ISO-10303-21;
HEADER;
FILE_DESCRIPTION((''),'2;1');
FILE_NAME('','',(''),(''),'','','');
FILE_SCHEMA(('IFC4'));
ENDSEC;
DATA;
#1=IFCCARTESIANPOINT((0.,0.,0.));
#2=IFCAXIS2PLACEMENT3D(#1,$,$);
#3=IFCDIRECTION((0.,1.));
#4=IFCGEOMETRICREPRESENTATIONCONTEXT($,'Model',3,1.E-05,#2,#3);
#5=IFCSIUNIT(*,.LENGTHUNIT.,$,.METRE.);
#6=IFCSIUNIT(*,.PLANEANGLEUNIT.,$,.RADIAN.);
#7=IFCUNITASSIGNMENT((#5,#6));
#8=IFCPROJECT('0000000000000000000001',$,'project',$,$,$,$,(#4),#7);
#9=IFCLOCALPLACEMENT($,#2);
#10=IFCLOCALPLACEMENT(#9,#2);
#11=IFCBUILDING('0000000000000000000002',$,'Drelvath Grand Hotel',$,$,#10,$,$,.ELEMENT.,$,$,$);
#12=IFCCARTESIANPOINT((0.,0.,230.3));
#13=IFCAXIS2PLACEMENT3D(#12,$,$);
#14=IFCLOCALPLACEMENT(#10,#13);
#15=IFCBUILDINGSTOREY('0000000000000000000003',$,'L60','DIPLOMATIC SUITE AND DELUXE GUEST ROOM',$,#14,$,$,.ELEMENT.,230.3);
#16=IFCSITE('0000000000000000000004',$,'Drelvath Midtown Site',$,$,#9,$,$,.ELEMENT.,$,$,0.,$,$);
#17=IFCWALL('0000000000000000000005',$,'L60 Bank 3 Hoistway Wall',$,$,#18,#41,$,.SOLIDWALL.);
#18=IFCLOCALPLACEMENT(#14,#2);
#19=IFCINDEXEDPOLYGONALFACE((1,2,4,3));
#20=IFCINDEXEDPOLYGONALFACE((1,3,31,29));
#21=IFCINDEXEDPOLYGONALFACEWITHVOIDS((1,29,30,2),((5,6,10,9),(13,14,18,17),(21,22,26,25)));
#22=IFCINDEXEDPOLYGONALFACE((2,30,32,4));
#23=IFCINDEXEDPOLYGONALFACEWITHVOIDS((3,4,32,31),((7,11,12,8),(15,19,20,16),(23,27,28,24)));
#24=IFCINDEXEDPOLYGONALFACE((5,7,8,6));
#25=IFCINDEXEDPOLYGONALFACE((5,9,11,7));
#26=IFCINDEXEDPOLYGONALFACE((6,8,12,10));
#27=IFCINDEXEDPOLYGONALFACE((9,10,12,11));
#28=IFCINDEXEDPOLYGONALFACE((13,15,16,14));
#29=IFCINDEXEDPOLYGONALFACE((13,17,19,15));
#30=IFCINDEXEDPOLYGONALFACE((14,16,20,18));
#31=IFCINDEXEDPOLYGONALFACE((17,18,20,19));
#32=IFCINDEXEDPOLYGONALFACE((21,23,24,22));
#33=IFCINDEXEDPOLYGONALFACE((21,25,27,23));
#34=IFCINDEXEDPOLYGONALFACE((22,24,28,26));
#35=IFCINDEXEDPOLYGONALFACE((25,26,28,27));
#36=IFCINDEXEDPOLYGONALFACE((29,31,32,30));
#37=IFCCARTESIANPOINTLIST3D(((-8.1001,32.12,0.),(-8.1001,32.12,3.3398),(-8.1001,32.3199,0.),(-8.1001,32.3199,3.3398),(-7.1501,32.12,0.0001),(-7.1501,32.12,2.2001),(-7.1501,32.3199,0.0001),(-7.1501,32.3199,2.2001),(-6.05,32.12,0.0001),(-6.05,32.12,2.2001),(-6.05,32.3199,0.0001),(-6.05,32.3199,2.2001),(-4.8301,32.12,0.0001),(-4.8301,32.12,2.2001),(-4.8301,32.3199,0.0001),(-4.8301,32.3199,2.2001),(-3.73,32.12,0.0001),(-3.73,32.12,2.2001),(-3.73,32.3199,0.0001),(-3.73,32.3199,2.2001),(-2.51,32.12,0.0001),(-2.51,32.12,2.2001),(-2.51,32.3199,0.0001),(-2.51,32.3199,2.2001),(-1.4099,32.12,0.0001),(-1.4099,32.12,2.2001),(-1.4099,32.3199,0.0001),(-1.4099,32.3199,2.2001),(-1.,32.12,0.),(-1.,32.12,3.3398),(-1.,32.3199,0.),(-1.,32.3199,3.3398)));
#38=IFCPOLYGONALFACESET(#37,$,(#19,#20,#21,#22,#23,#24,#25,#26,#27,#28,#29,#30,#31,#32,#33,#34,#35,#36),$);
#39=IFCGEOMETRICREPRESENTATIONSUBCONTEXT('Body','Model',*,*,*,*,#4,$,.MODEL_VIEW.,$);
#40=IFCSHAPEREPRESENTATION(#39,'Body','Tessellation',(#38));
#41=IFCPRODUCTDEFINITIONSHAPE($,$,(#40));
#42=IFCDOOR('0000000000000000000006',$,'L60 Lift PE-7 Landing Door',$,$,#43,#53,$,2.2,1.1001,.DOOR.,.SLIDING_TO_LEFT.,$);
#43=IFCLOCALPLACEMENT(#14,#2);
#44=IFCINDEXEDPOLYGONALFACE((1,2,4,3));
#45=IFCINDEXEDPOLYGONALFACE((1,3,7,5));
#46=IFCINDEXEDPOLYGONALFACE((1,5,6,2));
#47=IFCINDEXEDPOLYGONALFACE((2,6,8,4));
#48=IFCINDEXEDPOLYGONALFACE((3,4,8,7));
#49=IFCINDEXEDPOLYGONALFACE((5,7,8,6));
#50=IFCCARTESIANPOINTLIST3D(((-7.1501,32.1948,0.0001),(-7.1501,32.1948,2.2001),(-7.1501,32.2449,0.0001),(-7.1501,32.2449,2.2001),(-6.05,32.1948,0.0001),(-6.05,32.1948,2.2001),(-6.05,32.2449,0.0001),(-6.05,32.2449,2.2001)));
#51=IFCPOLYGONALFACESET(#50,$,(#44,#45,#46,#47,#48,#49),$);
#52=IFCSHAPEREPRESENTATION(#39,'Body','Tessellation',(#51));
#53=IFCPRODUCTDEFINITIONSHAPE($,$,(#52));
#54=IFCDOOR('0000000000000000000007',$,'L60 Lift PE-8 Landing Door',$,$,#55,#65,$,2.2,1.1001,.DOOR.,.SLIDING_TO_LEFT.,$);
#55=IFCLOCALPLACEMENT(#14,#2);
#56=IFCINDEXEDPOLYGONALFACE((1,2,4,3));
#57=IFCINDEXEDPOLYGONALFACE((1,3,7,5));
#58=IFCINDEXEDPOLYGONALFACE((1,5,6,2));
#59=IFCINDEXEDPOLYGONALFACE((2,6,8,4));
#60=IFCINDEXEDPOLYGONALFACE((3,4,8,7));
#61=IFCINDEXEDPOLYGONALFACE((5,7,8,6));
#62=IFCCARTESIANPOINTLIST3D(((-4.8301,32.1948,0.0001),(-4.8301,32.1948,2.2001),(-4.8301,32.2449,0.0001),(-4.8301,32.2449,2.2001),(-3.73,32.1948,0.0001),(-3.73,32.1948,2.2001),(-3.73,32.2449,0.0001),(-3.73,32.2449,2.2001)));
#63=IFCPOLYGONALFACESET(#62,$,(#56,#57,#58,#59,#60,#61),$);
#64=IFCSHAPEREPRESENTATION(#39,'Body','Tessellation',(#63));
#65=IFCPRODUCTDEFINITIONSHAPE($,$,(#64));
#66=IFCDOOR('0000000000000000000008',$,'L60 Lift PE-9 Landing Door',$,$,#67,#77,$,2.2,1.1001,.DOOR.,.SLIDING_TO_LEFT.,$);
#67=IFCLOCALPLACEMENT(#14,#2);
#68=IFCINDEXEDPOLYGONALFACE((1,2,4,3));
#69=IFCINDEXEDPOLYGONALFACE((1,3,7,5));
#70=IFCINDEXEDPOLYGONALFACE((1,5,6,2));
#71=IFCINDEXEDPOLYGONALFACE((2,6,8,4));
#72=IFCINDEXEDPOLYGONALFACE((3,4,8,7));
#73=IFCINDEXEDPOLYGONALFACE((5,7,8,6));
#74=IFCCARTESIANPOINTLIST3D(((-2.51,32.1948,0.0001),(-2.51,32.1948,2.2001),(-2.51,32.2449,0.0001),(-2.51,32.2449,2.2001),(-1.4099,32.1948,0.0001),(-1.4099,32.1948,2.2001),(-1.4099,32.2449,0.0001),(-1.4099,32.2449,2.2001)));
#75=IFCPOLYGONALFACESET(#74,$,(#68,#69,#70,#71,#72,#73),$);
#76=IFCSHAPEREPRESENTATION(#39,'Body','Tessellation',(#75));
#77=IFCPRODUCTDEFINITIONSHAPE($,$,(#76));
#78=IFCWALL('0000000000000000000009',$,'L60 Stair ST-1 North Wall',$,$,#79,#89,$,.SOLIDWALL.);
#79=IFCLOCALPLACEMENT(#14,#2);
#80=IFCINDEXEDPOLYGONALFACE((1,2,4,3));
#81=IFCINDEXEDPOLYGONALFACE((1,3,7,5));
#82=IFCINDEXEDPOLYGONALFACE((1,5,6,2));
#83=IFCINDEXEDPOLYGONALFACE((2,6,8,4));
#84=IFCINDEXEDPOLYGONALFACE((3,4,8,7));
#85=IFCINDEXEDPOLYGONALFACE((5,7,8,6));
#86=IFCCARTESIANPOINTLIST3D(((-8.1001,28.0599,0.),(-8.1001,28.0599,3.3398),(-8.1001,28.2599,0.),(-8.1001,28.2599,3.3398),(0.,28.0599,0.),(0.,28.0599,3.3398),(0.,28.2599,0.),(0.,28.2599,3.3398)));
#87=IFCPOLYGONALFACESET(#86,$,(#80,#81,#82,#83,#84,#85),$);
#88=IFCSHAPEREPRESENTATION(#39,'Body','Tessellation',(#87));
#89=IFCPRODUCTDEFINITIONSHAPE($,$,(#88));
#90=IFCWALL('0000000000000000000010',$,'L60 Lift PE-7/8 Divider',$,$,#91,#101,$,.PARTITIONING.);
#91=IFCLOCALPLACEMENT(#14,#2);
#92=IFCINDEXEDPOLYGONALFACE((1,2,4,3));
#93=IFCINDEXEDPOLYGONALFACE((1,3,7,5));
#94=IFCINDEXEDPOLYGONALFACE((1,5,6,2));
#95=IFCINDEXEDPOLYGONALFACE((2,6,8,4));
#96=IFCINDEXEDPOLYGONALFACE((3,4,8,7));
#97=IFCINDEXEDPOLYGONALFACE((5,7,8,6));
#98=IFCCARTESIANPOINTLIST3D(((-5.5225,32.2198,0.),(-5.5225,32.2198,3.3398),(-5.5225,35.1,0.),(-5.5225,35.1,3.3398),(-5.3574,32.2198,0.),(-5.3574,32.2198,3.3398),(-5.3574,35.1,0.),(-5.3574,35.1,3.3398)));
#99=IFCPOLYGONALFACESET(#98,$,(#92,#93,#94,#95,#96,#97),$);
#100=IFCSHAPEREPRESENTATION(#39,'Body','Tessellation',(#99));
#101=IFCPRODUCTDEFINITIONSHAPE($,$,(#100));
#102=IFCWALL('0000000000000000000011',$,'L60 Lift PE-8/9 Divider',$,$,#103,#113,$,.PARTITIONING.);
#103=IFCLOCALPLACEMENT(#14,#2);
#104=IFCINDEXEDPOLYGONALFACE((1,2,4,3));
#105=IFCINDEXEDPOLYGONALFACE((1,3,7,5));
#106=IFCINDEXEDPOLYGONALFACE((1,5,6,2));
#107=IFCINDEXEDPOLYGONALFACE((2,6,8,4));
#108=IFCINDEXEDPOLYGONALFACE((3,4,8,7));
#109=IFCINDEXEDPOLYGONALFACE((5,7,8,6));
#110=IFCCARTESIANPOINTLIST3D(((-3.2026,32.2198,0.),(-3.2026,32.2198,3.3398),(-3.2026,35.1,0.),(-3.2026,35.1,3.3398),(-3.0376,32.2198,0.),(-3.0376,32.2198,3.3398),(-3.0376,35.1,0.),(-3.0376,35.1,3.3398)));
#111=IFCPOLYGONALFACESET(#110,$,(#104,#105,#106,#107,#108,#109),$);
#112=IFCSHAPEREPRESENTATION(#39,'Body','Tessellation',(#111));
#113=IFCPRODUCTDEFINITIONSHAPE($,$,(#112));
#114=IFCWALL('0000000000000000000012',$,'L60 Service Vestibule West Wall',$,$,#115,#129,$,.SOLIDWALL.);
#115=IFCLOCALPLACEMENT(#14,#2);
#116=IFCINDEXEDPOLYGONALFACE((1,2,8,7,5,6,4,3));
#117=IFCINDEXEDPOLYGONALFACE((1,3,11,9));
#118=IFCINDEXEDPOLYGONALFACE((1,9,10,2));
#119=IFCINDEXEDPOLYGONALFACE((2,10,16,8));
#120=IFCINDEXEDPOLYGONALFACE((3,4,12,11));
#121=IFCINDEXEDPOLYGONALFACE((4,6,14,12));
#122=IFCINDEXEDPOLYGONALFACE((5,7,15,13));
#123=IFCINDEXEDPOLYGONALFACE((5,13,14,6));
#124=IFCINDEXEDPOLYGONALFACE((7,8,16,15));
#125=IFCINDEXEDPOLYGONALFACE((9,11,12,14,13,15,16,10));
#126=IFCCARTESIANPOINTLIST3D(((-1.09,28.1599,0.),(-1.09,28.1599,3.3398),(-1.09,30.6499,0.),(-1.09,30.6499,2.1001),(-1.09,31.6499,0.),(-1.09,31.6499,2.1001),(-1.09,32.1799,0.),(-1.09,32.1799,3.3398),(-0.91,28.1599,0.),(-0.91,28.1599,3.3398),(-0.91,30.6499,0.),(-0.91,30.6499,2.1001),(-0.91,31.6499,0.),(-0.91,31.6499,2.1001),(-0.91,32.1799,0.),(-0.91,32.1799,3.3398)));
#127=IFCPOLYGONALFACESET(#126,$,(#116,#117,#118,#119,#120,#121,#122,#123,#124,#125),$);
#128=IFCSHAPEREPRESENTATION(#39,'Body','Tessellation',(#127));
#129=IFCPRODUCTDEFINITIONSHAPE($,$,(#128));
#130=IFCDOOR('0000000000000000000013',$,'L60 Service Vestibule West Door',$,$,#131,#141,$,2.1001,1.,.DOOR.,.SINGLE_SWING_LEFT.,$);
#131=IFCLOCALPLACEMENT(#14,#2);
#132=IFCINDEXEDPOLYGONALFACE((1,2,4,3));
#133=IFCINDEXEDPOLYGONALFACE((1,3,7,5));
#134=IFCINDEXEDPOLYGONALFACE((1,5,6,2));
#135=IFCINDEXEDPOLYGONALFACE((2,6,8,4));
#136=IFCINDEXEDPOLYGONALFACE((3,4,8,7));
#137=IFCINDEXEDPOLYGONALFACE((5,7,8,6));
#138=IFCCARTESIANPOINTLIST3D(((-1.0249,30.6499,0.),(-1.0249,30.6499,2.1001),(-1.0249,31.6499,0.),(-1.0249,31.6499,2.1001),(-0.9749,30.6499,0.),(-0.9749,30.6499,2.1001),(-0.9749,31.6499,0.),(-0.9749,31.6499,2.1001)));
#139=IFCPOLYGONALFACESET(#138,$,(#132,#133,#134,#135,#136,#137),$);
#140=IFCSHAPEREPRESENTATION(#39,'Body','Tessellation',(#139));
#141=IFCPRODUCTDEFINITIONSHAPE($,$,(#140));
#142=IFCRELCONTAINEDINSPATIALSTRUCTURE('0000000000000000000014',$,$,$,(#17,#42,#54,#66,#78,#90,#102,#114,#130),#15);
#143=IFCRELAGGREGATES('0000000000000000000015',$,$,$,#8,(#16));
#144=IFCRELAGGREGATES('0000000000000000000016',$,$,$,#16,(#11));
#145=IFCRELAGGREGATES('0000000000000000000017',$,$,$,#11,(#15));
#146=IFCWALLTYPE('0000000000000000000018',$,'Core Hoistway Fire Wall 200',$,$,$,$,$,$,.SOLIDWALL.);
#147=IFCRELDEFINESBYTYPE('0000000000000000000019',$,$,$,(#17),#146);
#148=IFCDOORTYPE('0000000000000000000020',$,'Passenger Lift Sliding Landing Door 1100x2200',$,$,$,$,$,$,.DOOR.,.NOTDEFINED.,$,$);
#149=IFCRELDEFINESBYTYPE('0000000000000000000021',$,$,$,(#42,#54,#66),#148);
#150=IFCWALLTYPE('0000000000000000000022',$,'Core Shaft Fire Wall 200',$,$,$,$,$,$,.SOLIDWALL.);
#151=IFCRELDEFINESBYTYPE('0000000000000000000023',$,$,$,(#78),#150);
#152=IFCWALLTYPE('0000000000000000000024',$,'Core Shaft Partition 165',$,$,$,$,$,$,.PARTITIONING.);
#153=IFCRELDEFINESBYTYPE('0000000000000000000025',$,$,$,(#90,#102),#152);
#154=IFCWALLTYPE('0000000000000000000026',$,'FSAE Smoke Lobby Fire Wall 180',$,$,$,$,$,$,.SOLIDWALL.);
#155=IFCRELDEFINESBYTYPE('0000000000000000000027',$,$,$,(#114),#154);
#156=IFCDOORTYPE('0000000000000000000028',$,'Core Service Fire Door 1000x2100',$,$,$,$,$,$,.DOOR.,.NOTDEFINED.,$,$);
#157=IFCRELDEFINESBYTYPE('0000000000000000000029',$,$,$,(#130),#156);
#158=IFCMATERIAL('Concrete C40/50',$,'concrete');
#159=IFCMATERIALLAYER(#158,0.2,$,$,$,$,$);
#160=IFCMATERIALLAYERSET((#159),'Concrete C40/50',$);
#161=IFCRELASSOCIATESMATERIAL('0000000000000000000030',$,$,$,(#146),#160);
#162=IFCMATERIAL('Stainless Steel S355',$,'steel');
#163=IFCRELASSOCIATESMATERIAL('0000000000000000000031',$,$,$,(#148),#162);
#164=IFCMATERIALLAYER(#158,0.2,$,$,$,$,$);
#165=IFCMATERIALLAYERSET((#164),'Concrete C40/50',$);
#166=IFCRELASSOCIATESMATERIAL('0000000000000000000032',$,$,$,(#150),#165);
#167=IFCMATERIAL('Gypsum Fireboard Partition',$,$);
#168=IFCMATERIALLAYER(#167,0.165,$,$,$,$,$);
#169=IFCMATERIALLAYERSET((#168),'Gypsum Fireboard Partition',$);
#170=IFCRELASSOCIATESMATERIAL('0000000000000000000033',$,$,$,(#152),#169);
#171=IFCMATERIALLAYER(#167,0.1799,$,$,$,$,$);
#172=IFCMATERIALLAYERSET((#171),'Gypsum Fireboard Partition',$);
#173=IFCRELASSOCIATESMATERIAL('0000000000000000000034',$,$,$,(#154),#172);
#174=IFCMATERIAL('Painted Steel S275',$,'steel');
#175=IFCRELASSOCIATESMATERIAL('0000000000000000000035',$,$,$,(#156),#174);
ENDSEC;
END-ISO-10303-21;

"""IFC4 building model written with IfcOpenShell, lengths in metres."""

from ifc_helpers import new_model, si_unit, direction, frame, frame_2d, origin, place, context, subcontext, project, spatial, rectangle, extrude, material, layer, layer_set, type_object, element, fill, save


model = new_model("IFC4")

# Units and contexts
model_context = context("Model", 3, precision=1e-05, world=origin(), true_north=direction((0.0, 1.0)))
body_context = subcontext(model_context, "Body", "Model", "MODEL_VIEW")
ifc_project = project(units=[si_unit("LENGTHUNIT", "METRE"), si_unit("PLANEANGLEUNIT", "RADIAN")], contexts=[model_context])

# Site, building, storey
site_placement = place(None, origin())
site = spatial("IfcSite", under=ifc_project, at=site_placement, Name="Drelvath Midtown Site", CompositionType="ELEMENT", RefElevation=0.0)
building_placement = place(site_placement, origin())
building = spatial("IfcBuilding", under=site, at=building_placement, Name="Drelvath Grand Hotel", CompositionType="ELEMENT")
storey_placement = place(building_placement, frame((0.0, 0.0, 230.3)))
storey = spatial("IfcBuildingStorey", under=building, at=storey_placement, Name="L60", Description="DIPLOMATIC SUITE AND DELUXE GUEST ROOM", CompositionType="ELEMENT", Elevation=230.3)

# Shared definitions
ifc_material_1 = material(Name="Painted Steel S275", Category="steel")

# Shared definitions
ifc_material_2 = material(Name="Concrete C40/50", Category="concrete")
ifc_layer_1 = layer(ifc_material_2, 0.2)
ifc_layer_set_1 = layer_set([ifc_layer_1], Name="Concrete C40/50")
wall_type_1 = type_object("IfcWallType", Name="Core Hoistway Fire Wall 200", PredefinedType="SOLIDWALL", material=ifc_layer_set_1)
ifc_material_3 = material(Name="Stainless Steel S355", Category="steel")

# Wall, openings, doors
wall_1_placement = place(storey_placement, frame((-8.1001, 32.22, 0.0), z_axis=(0.0, 0.0, 1.0), x_axis=(1.0, 0.0, 0.0)))
wall_1 = element("IfcWall", 1, at=wall_1_placement, inside=storey, type_object=wall_type_1, Name="L60 Bank 3 Hoistway Wall", PredefinedType="SOLIDWALL", context=body_context, shape_type="SweptSolid", body=[
    extrude(rectangle(XDim=7.1001, YDim=0.2, at=frame_2d((3.55, 0.0))), origin(), (0.0, 0.0, 1.0), 3.3398),
])
opening_1_placement = place(wall_1_placement, frame((0.95, 0.0, 0.0)))
opening_1 = element("IfcOpeningElement", 2, at=opening_1_placement, cuts=wall_1, PredefinedType="OPENING", context=body_context, shape_type="SweptSolid", body=[
    extrude(rectangle(XDim=1.1001, YDim=2.2, at=frame_2d((0.55, 1.1001))), frame((0.0, 0.1099, 0.0), z_axis=(0.0, -1.0, 0.0), x_axis=(1.0, 0.0, 0.0)), (0.0, 0.0, 1.0), 0.22),
])
opening_2_placement = place(wall_1_placement, frame((3.27, 0.0, 0.0)))
opening_2 = element("IfcOpeningElement", 3, at=opening_2_placement, cuts=wall_1, PredefinedType="OPENING", context=body_context, shape_type="SweptSolid", body=[
    extrude(rectangle(XDim=1.1001, YDim=2.2, at=frame_2d((0.55, 1.1001))), frame((0.0, 0.1099, 0.0), z_axis=(0.0, -1.0, 0.0), x_axis=(1.0, 0.0, 0.0)), (0.0, 0.0, 1.0), 0.22),
])
opening_3_placement = place(wall_1_placement, frame((5.5901, 0.0, 0.0)))
opening_3 = element("IfcOpeningElement", 4, at=opening_3_placement, cuts=wall_1, PredefinedType="OPENING", context=body_context, shape_type="SweptSolid", body=[
    extrude(rectangle(XDim=1.1001, YDim=2.2, at=frame_2d((0.55, 1.1001))), frame((0.0, 0.1099, 0.0), z_axis=(0.0, -1.0, 0.0), x_axis=(1.0, 0.0, 0.0)), (0.0, 0.0, 1.0), 0.22),
])
door_type_1 = type_object("IfcDoorType", Name="Passenger Lift Sliding Landing Door 1100x2200", OperationType="NOTDEFINED", PredefinedType="DOOR", material=ifc_material_3)
door_1_placement = place(opening_1_placement, origin())
door_1 = element("IfcDoor", 5, at=door_1_placement, inside=storey, type_object=door_type_1, Name="L60 Lift PE-7 Landing Door", OperationType="SLIDING_TO_LEFT", OverallHeight=2.2, OverallWidth=1.1001, PredefinedType="DOOR", context=body_context, shape_type="SweptSolid", body=[
    extrude(rectangle(XDim=1.1001, YDim=2.2, at=frame_2d((0.55, 1.1001))), frame((0.0, 0.0249, 0.0), z_axis=(0.0, -1.0, 0.0), x_axis=(1.0, 0.0, 0.0)), (0.0, 0.0, 1.0), 0.05),
])
fill(opening_1, door_1)
door_2_placement = place(opening_2_placement, origin())
door_2 = element("IfcDoor", 6, at=door_2_placement, inside=storey, type_object=door_type_1, Name="L60 Lift PE-8 Landing Door", OperationType="SLIDING_TO_LEFT", OverallHeight=2.2, OverallWidth=1.1001, PredefinedType="DOOR", context=body_context, shape_type="SweptSolid", body=[
    extrude(rectangle(XDim=1.1001, YDim=2.2, at=frame_2d((0.55, 1.1001))), frame((0.0, 0.0249, 0.0), z_axis=(0.0, -1.0, 0.0), x_axis=(1.0, 0.0, 0.0)), (0.0, 0.0, 1.0), 0.05),
])
fill(opening_2, door_2)
door_3_placement = place(opening_3_placement, origin())
door_3 = element("IfcDoor", 7, at=door_3_placement, inside=storey, type_object=door_type_1, Name="L60 Lift PE-9 Landing Door", OperationType="SLIDING_TO_LEFT", OverallHeight=2.2, OverallWidth=1.1001, PredefinedType="DOOR", context=body_context, shape_type="SweptSolid", body=[
    extrude(rectangle(XDim=1.1001, YDim=2.2, at=frame_2d((0.55, 1.1001))), frame((0.0, 0.0249, 0.0), z_axis=(0.0, -1.0, 0.0), x_axis=(1.0, 0.0, 0.0)), (0.0, 0.0, 1.0), 0.05),
])
fill(opening_3, door_3)

# Walls
ifc_layer_2 = layer(ifc_material_2, 0.2)
ifc_layer_set_2 = layer_set([ifc_layer_2], Name="Concrete C40/50")
wall_type_2 = type_object("IfcWallType", Name="Core Shaft Fire Wall 200", PredefinedType="SOLIDWALL", material=ifc_layer_set_2)
wall_2_placement = place(storey_placement, frame((-8.1001, 28.1599, 0.0), z_axis=(0.0, 0.0, 1.0), x_axis=(1.0, 0.0, 0.0)))
element("IfcWall", 8, at=wall_2_placement, inside=storey, type_object=wall_type_2, Name="L60 Stair ST-1 North Wall", PredefinedType="SOLIDWALL", context=body_context, shape_type="SweptSolid", body=[
    extrude(rectangle(XDim=8.1001, YDim=0.2, at=frame_2d((4.05, 0.0))), origin(), (0.0, 0.0, 1.0), 3.3398),
])
ifc_material_4 = material(Name="Gypsum Fireboard Partition")
ifc_layer_3 = layer(ifc_material_4, 0.165)
ifc_layer_set_3 = layer_set([ifc_layer_3], Name="Gypsum Fireboard Partition")
wall_type_3 = type_object("IfcWallType", Name="Core Shaft Partition 165", PredefinedType="PARTITIONING", material=ifc_layer_set_3)
for number, where, z_axis, x_axis, name in (
    (9, (-5.4399, 32.22, 0.0), (0.0, 0.0, 1.0), (0.0, 1.0, 0.0), "L60 Lift PE-7/8 Divider"),
    (10, (-3.1201, 32.22, 0.0), (0.0, 0.0, 1.0), (0.0, 1.0, 0.0), "L60 Lift PE-8/9 Divider"),
):
    element("IfcWall", number, at=place(storey_placement, frame(where, z_axis=z_axis, x_axis=x_axis)), inside=storey, type_object=wall_type_3, Name=name, PredefinedType="PARTITIONING", context=body_context, shape_type="SweptSolid", body=[
        extrude(rectangle(XDim=2.8801, YDim=0.165, at=frame_2d((1.4399, 0.0))), origin(), (0.0, 0.0, 1.0), 3.3398),
    ])

# Wall, opening, door
ifc_layer_4 = layer(ifc_material_4, 0.1799)
ifc_layer_set_4 = layer_set([ifc_layer_4], Name="Gypsum Fireboard Partition")
wall_type_4 = type_object("IfcWallType", Name="FSAE Smoke Lobby Fire Wall 180", PredefinedType="SOLIDWALL", material=ifc_layer_set_4)
wall_3_placement = place(storey_placement, frame((-1.0, 28.1599, 0.0), z_axis=(0.0, 0.0, 1.0), x_axis=(0.0, 1.0, 0.0)))
wall_3 = element("IfcWall", 11, at=wall_3_placement, inside=storey, type_object=wall_type_4, Name="L60 Service Vestibule West Wall", PredefinedType="SOLIDWALL", context=body_context, shape_type="SweptSolid", body=[
    extrude(rectangle(XDim=4.02, YDim=0.1799, at=frame_2d((2.01, 0.0))), origin(), (0.0, 0.0, 1.0), 3.3398),
])
opening_4_placement = place(wall_3_placement, frame((2.49, 0.0, 0.0)))
opening_4 = element("IfcOpeningElement", 12, at=opening_4_placement, cuts=wall_3, PredefinedType="OPENING", context=body_context, shape_type="SweptSolid", body=[
    extrude(rectangle(XDim=1.0, YDim=2.1001, at=frame_2d((0.5, 1.05))), frame((0.0, 0.0999, 0.0), z_axis=(0.0, -1.0, 0.0), x_axis=(1.0, 0.0, 0.0)), (0.0, 0.0, 1.0), 0.2),
])
door_type_2 = type_object("IfcDoorType", Name="Core Service Fire Door 1000x2100", OperationType="NOTDEFINED", PredefinedType="DOOR", material=ifc_material_1)
door_4_placement = place(opening_4_placement, origin())
door_4 = element("IfcDoor", 13, at=door_4_placement, inside=storey, type_object=door_type_2, Name="L60 Service Vestibule West Door", OperationType="SINGLE_SWING_LEFT", OverallHeight=2.1001, OverallWidth=1.0, PredefinedType="DOOR", context=body_context, shape_type="SweptSolid", body=[
    extrude(rectangle(XDim=1.0, YDim=2.1001, at=frame_2d((0.5, 1.05))), frame((0.0, 0.0249, 0.0), z_axis=(0.0, -1.0, 0.0), x_axis=(1.0, 0.0, 0.0)), (0.0, 0.0, 1.0), 0.05),
])
fill(opening_4, door_4)

save(model, "model.ifc")
